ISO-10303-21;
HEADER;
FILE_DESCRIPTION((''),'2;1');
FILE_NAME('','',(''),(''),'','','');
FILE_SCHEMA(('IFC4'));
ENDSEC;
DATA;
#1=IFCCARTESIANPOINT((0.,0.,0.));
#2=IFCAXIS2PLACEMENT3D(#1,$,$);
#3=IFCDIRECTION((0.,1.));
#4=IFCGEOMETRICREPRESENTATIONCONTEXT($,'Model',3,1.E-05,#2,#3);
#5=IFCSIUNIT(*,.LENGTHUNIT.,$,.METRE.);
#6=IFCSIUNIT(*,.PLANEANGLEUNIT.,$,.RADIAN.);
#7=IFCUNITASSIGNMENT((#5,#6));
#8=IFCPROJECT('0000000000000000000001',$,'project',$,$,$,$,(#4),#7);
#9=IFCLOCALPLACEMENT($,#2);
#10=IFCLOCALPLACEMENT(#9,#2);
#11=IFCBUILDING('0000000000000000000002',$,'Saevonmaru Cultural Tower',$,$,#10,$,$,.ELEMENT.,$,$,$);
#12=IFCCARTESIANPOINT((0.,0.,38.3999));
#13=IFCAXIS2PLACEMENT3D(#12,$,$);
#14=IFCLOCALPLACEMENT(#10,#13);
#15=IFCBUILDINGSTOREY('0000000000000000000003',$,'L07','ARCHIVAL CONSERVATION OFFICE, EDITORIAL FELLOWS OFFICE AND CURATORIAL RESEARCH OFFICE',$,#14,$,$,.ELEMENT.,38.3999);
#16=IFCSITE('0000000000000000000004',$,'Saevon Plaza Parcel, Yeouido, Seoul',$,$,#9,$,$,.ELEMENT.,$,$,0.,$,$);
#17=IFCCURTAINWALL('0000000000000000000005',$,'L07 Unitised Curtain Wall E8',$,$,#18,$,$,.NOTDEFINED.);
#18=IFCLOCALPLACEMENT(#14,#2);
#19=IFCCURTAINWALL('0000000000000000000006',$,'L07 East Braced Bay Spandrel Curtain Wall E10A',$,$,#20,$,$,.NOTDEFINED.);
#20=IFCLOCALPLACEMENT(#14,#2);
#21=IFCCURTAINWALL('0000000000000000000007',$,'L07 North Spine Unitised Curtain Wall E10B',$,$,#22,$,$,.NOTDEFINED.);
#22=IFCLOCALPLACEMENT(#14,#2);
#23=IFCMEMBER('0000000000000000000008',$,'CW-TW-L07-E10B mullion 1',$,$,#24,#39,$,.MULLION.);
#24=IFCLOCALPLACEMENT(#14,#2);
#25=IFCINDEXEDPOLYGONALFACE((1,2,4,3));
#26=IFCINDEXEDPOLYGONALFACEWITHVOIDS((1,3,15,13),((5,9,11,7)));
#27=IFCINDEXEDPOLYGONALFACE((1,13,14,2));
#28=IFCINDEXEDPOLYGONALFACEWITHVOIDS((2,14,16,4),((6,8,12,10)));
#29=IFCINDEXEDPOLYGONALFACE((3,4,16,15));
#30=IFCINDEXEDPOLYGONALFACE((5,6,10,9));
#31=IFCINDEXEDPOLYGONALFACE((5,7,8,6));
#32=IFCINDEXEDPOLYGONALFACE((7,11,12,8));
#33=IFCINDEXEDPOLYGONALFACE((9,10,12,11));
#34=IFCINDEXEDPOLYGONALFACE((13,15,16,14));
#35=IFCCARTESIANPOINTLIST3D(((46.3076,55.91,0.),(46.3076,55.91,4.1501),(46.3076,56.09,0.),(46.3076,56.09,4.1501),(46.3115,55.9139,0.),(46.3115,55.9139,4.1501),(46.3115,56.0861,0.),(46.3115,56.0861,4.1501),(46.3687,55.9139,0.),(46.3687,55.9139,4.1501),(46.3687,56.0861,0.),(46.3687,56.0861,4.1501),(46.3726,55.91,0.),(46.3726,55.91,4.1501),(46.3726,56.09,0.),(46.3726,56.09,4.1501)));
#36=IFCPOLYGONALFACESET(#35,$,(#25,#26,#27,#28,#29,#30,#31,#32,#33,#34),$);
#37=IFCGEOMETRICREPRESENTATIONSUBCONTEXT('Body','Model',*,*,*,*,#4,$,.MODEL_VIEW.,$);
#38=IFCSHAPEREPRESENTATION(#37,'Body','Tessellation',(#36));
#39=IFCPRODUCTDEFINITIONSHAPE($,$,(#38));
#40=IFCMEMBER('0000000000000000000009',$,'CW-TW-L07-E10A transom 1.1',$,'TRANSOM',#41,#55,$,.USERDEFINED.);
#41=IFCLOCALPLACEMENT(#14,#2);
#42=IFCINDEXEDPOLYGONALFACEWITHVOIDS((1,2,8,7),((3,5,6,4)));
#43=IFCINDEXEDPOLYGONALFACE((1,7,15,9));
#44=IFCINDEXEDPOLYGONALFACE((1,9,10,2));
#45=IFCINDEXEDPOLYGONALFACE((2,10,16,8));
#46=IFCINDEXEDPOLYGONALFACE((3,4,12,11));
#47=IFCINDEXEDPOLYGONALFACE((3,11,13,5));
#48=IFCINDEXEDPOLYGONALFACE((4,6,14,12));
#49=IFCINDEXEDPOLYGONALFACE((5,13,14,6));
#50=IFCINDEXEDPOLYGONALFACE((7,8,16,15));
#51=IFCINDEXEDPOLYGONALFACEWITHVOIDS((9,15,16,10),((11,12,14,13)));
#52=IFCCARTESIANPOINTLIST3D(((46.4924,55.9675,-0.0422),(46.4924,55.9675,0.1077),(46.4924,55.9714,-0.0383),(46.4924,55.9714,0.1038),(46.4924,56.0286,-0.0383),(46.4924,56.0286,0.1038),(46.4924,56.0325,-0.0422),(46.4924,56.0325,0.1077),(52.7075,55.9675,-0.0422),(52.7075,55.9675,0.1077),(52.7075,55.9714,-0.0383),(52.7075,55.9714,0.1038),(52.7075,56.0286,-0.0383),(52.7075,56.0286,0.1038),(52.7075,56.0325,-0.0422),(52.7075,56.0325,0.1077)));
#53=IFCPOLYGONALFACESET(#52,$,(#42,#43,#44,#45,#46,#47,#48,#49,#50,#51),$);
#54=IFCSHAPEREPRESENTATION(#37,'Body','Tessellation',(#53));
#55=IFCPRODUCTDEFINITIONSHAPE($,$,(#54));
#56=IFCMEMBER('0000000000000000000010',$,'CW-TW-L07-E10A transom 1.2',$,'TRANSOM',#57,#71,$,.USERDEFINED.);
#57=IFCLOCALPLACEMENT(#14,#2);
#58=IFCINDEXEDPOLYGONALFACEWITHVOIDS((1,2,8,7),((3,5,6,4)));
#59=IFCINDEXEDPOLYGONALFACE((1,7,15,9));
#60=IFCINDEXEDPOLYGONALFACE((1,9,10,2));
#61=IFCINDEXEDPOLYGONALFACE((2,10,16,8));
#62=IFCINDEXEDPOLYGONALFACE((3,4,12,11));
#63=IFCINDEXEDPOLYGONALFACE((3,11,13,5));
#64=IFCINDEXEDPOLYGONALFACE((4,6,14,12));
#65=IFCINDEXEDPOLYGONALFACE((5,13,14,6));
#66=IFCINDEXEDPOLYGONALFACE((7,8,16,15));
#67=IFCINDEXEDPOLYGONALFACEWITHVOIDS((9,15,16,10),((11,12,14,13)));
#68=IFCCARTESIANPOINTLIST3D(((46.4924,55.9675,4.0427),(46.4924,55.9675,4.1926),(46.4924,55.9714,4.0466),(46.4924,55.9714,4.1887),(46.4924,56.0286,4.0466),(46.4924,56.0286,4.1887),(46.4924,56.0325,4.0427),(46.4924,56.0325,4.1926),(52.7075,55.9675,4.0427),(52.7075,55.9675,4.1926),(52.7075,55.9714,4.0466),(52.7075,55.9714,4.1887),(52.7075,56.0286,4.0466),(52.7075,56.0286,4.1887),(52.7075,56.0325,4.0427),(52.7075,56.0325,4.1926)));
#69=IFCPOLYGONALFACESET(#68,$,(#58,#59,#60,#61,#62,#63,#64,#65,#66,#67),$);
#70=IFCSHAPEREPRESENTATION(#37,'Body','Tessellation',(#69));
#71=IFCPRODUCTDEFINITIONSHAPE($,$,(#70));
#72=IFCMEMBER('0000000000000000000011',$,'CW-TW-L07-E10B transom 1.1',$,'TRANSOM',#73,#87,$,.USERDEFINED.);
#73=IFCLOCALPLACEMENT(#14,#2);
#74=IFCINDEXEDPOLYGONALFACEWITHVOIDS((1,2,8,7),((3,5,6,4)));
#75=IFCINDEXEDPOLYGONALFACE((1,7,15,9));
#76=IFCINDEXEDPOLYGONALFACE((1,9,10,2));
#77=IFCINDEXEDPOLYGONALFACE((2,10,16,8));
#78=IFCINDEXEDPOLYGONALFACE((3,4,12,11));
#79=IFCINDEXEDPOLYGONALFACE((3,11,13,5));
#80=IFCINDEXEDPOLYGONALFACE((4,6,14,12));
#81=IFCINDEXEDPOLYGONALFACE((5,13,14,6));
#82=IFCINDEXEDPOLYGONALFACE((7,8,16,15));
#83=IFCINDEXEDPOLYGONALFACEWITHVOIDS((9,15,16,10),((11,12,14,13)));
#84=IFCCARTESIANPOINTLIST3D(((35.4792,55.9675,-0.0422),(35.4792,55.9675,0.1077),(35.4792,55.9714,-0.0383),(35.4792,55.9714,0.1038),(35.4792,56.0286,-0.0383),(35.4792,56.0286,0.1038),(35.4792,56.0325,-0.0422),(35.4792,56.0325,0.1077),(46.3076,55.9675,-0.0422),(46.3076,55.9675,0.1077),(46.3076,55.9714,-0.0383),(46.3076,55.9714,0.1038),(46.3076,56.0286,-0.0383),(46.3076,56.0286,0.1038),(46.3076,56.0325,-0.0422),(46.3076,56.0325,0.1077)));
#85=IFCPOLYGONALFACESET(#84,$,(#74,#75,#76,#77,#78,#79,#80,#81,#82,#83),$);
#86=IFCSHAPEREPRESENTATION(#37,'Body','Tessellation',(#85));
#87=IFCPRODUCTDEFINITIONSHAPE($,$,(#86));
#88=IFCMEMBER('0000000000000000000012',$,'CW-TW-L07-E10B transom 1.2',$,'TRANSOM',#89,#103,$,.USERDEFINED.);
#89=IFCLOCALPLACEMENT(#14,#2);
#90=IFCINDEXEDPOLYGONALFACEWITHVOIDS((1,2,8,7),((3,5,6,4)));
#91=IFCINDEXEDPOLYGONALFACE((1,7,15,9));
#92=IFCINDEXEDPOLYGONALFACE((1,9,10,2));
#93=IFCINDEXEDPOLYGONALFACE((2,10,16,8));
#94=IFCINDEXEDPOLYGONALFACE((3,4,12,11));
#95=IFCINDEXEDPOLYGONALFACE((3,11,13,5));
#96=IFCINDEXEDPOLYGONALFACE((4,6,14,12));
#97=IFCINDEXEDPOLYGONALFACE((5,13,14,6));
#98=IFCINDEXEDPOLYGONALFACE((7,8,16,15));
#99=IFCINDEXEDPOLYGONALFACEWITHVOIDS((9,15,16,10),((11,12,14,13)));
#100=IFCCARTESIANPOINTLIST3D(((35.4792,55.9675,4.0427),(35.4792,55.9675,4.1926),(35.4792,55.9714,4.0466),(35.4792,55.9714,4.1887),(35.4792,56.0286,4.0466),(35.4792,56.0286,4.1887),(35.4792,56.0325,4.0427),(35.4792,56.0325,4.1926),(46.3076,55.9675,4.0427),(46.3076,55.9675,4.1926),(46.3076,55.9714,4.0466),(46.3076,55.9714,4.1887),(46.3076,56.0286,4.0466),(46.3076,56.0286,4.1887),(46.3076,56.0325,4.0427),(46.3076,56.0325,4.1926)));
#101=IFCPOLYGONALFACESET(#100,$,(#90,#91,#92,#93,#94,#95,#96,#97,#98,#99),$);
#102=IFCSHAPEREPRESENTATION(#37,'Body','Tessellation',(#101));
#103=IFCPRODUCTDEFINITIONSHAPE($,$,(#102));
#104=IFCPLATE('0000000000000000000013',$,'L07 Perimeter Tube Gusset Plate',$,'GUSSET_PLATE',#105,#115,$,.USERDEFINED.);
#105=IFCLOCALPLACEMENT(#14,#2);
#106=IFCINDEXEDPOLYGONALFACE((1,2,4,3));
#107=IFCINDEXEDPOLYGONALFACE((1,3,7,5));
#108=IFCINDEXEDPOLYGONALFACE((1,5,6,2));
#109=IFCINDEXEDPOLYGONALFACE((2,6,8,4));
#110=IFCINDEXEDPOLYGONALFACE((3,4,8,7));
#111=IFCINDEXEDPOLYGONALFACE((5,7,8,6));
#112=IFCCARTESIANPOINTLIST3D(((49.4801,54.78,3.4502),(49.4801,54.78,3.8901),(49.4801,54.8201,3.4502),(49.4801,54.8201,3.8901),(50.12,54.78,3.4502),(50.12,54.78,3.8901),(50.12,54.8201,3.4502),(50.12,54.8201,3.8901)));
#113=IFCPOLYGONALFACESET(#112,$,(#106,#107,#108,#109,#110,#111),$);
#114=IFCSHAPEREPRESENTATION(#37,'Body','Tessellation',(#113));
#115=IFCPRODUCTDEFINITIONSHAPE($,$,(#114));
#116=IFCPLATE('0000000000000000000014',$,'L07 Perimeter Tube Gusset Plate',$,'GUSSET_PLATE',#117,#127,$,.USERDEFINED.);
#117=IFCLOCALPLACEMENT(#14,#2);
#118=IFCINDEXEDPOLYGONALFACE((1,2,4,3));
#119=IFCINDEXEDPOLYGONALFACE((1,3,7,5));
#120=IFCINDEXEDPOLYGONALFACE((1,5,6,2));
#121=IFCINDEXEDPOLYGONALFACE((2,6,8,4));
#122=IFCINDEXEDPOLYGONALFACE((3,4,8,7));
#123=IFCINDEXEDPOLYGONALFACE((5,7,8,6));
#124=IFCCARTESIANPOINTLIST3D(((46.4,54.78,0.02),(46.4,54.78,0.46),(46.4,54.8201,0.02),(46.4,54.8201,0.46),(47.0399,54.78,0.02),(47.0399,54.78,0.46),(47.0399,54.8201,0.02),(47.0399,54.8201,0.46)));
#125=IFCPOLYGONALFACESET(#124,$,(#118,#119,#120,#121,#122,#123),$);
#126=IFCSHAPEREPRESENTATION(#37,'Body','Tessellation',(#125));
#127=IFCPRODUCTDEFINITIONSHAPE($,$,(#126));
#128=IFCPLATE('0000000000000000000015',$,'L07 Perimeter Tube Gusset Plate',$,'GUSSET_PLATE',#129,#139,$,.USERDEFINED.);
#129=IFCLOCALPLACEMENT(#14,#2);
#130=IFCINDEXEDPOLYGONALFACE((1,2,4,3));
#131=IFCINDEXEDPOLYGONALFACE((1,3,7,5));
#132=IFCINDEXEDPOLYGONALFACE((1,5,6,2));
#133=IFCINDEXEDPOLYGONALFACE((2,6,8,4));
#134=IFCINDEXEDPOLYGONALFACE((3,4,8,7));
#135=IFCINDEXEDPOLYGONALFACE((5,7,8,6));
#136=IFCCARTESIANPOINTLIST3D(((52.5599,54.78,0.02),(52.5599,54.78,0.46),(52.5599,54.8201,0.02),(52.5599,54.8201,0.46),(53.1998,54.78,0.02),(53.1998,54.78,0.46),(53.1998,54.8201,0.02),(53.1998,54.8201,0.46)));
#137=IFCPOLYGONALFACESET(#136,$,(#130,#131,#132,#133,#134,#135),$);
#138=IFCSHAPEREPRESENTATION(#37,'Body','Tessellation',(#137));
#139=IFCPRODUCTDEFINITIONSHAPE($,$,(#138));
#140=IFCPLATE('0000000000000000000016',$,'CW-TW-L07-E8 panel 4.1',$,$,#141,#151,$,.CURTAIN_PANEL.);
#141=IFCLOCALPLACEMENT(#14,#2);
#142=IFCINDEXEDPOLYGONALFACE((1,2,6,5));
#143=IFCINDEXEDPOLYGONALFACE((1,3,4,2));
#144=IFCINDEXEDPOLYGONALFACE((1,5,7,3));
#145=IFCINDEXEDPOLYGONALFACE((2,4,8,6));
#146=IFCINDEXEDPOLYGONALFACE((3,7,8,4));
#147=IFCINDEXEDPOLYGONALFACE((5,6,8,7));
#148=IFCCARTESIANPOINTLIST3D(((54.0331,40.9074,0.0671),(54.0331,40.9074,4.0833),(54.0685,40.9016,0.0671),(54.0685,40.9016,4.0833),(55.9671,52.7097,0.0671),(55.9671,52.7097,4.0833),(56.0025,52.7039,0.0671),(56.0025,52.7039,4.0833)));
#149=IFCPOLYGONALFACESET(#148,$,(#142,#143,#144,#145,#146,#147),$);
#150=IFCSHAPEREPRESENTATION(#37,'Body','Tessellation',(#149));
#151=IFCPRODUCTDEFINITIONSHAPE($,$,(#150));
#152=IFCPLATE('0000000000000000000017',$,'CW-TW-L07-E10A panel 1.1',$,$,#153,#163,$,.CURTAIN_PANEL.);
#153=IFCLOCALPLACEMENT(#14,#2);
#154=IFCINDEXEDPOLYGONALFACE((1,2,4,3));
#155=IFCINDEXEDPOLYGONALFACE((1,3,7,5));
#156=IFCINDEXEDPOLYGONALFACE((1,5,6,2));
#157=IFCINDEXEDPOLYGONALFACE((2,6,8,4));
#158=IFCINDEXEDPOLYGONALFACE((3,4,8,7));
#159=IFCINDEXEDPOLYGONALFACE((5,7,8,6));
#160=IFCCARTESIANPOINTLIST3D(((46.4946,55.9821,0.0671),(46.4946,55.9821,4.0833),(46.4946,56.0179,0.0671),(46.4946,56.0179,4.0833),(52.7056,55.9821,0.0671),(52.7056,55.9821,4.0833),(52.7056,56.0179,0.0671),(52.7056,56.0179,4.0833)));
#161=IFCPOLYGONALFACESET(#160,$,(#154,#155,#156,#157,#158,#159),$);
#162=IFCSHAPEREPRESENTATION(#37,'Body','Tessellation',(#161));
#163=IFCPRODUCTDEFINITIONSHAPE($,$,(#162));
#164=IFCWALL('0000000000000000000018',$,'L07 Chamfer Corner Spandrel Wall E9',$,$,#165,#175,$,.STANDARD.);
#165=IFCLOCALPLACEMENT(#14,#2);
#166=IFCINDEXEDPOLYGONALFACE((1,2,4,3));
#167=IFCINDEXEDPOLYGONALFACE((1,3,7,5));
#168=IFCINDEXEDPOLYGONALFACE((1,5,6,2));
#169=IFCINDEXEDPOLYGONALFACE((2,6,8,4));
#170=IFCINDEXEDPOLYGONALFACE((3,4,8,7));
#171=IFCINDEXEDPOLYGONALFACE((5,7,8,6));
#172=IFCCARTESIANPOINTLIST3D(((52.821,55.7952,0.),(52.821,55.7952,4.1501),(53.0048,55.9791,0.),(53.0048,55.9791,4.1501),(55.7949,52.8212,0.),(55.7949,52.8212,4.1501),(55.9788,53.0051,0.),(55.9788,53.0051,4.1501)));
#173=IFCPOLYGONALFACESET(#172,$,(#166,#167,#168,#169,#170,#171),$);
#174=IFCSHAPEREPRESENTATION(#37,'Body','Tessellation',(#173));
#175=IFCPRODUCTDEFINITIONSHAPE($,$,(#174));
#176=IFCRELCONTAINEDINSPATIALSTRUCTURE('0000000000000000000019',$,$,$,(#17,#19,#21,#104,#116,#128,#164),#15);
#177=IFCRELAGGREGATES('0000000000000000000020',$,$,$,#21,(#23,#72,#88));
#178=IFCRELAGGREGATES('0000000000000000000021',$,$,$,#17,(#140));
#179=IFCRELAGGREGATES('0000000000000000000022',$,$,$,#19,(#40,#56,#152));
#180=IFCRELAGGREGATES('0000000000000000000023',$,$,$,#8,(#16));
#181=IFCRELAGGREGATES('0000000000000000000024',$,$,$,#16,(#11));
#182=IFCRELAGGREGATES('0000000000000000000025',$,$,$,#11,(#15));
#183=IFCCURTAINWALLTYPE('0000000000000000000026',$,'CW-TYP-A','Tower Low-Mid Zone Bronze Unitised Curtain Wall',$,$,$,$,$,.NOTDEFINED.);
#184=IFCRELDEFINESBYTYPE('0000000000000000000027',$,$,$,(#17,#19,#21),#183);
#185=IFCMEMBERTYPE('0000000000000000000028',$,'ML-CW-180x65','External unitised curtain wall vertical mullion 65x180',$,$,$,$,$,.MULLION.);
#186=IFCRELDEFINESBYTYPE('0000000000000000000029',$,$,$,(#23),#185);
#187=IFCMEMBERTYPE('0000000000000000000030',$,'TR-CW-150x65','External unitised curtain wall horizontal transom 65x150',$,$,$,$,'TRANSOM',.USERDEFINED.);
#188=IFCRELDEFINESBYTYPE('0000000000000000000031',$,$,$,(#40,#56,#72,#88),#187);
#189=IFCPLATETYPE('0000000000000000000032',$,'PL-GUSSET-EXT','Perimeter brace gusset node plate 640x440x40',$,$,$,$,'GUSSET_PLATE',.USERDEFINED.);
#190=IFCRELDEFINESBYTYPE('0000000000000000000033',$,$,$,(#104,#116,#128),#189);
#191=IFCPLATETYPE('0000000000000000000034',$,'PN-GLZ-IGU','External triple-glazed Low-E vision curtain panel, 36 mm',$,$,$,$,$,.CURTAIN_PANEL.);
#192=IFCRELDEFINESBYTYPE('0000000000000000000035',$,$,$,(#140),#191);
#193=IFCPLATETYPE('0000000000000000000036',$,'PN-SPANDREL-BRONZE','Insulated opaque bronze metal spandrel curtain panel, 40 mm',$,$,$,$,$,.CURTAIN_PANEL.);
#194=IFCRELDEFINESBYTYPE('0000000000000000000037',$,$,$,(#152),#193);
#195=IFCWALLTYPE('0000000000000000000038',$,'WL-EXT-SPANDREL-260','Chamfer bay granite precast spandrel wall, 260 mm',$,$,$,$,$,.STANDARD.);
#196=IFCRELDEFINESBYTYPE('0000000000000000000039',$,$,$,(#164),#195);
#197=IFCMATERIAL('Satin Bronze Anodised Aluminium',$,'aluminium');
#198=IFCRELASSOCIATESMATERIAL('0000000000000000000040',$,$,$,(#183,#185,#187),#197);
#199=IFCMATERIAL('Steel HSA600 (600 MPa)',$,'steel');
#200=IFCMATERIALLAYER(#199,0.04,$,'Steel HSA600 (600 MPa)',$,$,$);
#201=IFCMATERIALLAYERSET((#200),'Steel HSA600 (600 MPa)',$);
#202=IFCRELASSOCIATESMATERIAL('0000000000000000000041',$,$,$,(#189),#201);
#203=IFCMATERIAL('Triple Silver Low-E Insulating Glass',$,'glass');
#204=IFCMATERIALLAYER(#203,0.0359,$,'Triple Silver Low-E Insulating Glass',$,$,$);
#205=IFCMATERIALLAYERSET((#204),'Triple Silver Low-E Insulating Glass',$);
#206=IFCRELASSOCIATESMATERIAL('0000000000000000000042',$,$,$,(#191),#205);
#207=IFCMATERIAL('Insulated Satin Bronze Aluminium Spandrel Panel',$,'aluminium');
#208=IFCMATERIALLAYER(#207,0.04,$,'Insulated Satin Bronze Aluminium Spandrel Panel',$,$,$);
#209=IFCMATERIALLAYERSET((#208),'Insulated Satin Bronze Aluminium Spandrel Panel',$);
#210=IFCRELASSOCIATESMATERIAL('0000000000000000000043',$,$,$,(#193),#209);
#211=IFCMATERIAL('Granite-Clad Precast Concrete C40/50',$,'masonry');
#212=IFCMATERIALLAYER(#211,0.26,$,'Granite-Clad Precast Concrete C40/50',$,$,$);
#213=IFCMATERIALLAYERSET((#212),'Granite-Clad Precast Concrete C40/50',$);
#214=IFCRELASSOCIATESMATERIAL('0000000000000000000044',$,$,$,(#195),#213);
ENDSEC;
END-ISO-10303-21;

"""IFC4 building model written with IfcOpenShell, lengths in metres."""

from ifc_helpers import new_model, si_unit, direction, frame, frame_2d, origin, origin_2d, place, context, subcontext, project, spatial, rectangle, hollow_rectangle, extrude, material, layer, layer_set, material_profile, profile_set, type_object, element, aggregate, save


model = new_model("IFC4")

# Units and contexts
model_context = context("Model", 3, precision=1e-05, world=origin(), true_north=direction((0.0, 1.0)))
body_context = subcontext(model_context, "Body", "Model", "MODEL_VIEW")
ifc_project = project(units=[si_unit("LENGTHUNIT", "METRE"), si_unit("PLANEANGLEUNIT", "RADIAN")], contexts=[model_context])

# Site, building, storey
site_placement = place(None, origin())
site = spatial("IfcSite", under=ifc_project, at=site_placement, Name="Saevon Plaza Parcel, Yeouido, Seoul", CompositionType="ELEMENT", RefElevation=0.0)
building_placement = place(site_placement, origin())
building = spatial("IfcBuilding", under=site, at=building_placement, Name="Saevonmaru Cultural Tower", CompositionType="ELEMENT")
storey_placement = place(building_placement, frame((0.0, 0.0, 38.3999)))
storey = spatial("IfcBuildingStorey", under=building, at=storey_placement, Name="L07", Description="ARCHIVAL CONSERVATION OFFICE, EDITORIAL FELLOWS OFFICE AND CURATORIAL RESEARCH OFFICE", CompositionType="ELEMENT", Elevation=38.3999)

# Shared definitions
ifc_material_1 = material(Name="Steel HSA600 (600 MPa)", Category="steel")

# Curtain wall
ifc_material_2 = material(Name="Satin Bronze Anodised Aluminium", Category="aluminium")
curtain_wall_type = type_object("IfcCurtainWallType", Name="CW-TYP-A", Description="Tower Low-Mid Zone Bronze Unitised Curtain Wall", PredefinedType="NOTDEFINED", material=ifc_material_2)
curtain_wall_1_placement = place(storey_placement, origin())
curtain_wall_1 = element("IfcCurtainWall", 1, at=curtain_wall_1_placement, inside=storey, type_object=curtain_wall_type, Name="L07 Unitised Curtain Wall E8", PredefinedType="NOTDEFINED")
ifc_material_profile_1 = material_profile(ifc_material_2, hollow_rectangle(XDim=0.0649, YDim=0.1799, WallThickness=0.0039, at=origin_2d()), Name="ALU-MULL-180x65x4")
ifc_profile_set_1 = profile_set([ifc_material_profile_1], Name="Satin Bronze Anodised Aluminium")
member_type_1 = type_object("IfcMemberType", Name="ML-CW-180x65", Description="External unitised curtain wall vertical mullion 65x180", PredefinedType="MULLION", material=ifc_profile_set_1)

# Curtain wall
curtain_wall_2_placement = place(storey_placement, origin())
curtain_wall_2 = element("IfcCurtainWall", 2, at=curtain_wall_2_placement, inside=storey, type_object=curtain_wall_type, Name="L07 East Braced Bay Spandrel Curtain Wall E10A", PredefinedType="NOTDEFINED")

# Curtain wall, member
curtain_wall_3_placement = place(storey_placement, origin())
curtain_wall_3 = element("IfcCurtainWall", 3, at=curtain_wall_3_placement, inside=storey, type_object=curtain_wall_type, Name="L07 North Spine Unitised Curtain Wall E10B", PredefinedType="NOTDEFINED")
member_1_placement = place(storey_placement, frame((46.3401, 56.0, 0.0), z_axis=(0.0, 0.0, 1.0), x_axis=(-1.0, 0.0, 0.0)))
member_1 = element("IfcMember", 4, at=member_1_placement, type_object=member_type_1, Name="CW-TW-L07-E10B mullion 1", PredefinedType="MULLION", context=body_context, shape_type="SweptSolid", body=[
    extrude(hollow_rectangle(XDim=0.0649, YDim=0.1799, WallThickness=0.0039, at=origin_2d()), origin(), (0.0, 0.0, 1.0), 4.1501),
])

# Members
ifc_material_profile_2 = material_profile(ifc_material_2, hollow_rectangle(XDim=0.0649, YDim=0.1499, WallThickness=0.0039, at=origin_2d()), Name="ALU-TRAN-150x65x4")
ifc_profile_set_2 = profile_set([ifc_material_profile_2], Name="Satin Bronze Anodised Aluminium")
member_type_2 = type_object("IfcMemberType", Name="TR-CW-150x65", Description="External unitised curtain wall horizontal transom 65x150", ElementType="TRANSOM", PredefinedType="USERDEFINED", material=ifc_profile_set_2)
member_2_placement = place(storey_placement, frame((52.7075, 56.0, 0.0327), z_axis=(-1.0, 0.0, 0.0), x_axis=(0.0, -1.0, 0.0)))
member_2 = element("IfcMember", 5, at=member_2_placement, type_object=member_type_2, Name="CW-TW-L07-E10A transom 1.1", ObjectType="TRANSOM", PredefinedType="USERDEFINED", context=body_context, shape_type="SweptSolid", body=[
    extrude(hollow_rectangle(XDim=0.0649, YDim=0.1499, WallThickness=0.0039, at=origin_2d()), origin(), (0.0, 0.0, 1.0), 6.2151),
])
member_3_placement = place(storey_placement, frame((52.7075, 56.0, 4.1177), z_axis=(-1.0, 0.0, 0.0), x_axis=(0.0, -1.0, 0.0)))
member_3 = element("IfcMember", 6, at=member_3_placement, type_object=member_type_2, Name="CW-TW-L07-E10A transom 1.2", ObjectType="TRANSOM", PredefinedType="USERDEFINED", context=body_context, shape_type="SweptSolid", body=[
    extrude(hollow_rectangle(XDim=0.0649, YDim=0.1499, WallThickness=0.0039, at=origin_2d()), origin(), (0.0, 0.0, 1.0), 6.2151),
])
member_4_placement = place(storey_placement, frame((46.3076, 56.0, 0.0327), z_axis=(-1.0, 0.0, 0.0), x_axis=(0.0, -1.0, 0.0)))
member_4 = element("IfcMember", 7, at=member_4_placement, type_object=member_type_2, Name="CW-TW-L07-E10B transom 1.1", ObjectType="TRANSOM", PredefinedType="USERDEFINED", context=body_context, shape_type="SweptSolid", body=[
    extrude(hollow_rectangle(XDim=0.0649, YDim=0.1499, WallThickness=0.0039, at=origin_2d()), origin(), (0.0, 0.0, 1.0), 10.8284),
])
member_5_placement = place(storey_placement, frame((46.3076, 56.0, 4.1177), z_axis=(-1.0, 0.0, 0.0), x_axis=(0.0, -1.0, 0.0)))
member_5 = element("IfcMember", 8, at=member_5_placement, type_object=member_type_2, Name="CW-TW-L07-E10B transom 1.2", ObjectType="TRANSOM", PredefinedType="USERDEFINED", context=body_context, shape_type="SweptSolid", body=[
    extrude(hollow_rectangle(XDim=0.0649, YDim=0.1499, WallThickness=0.0039, at=origin_2d()), origin(), (0.0, 0.0, 1.0), 10.8284),
])
aggregate(curtain_wall_3, [member_1, member_4, member_5])

# Plates
ifc_layer_1 = layer(ifc_material_1, 0.04, Name="Steel HSA600 (600 MPa)")
ifc_layer_set_1 = layer_set([ifc_layer_1], Name="Steel HSA600 (600 MPa)")
plate_type_1 = type_object("IfcPlateType", Name="PL-GUSSET-EXT", Description="Perimeter brace gusset node plate 640x440x40", ElementType="GUSSET_PLATE", PredefinedType="USERDEFINED", material=ifc_layer_set_1)
for number, where, z_axis, x_axis, name in (
    (9, (49.8, 54.8, 3.4502), (0.0, 0.0, 1.0), (1.0, 0.0, 0.0), "L07 Perimeter Tube Gusset Plate"),
    (10, (46.72, 54.8, 0.02), (0.0, 0.0, 1.0), (1.0, 0.0, 0.0), "L07 Perimeter Tube Gusset Plate"),
    (11, (52.8799, 54.8, 0.02), (0.0, 0.0, 1.0), (1.0, 0.0, 0.0), "L07 Perimeter Tube Gusset Plate"),
):
    element("IfcPlate", number, at=place(storey_placement, frame(where, z_axis=z_axis, x_axis=x_axis)), inside=storey, type_object=plate_type_1, Name=name, ObjectType="GUSSET_PLATE", PredefinedType="USERDEFINED", context=body_context, shape_type="SweptSolid", body=[
        extrude(rectangle(XDim=0.6399, YDim=0.04, at=origin_2d()), origin(), (0.0, 0.0, 1.0), 0.4399),
    ])

# Plates
ifc_material_3 = material(Name="Triple Silver Low-E Insulating Glass", Category="glass")
ifc_layer_2 = layer(ifc_material_3, 0.0359, Name="Triple Silver Low-E Insulating Glass")
ifc_layer_set_2 = layer_set([ifc_layer_2], Name="Triple Silver Low-E Insulating Glass")
plate_type_2 = type_object("IfcPlateType", Name="PN-GLZ-IGU", Description="External triple-glazed Low-E vision curtain panel, 36 mm", PredefinedType="CURTAIN_PANEL", material=ifc_layer_set_2)
plate_1_placement = place(storey_placement, frame((55.0178, 46.8057, 0.0671), z_axis=(0.0, 0.0, 1.0), x_axis=(0.161709, 0.986839, 0.0)))
plate_1 = element("IfcPlate", 12, at=plate_1_placement, type_object=plate_type_2, Name="CW-TW-L07-E8 panel 4.1", PredefinedType="CURTAIN_PANEL", context=body_context, shape_type="SweptSolid", body=[
    extrude(rectangle(XDim=11.9597, YDim=0.0359, at=origin_2d()), origin(), (0.0, 0.0, 1.0), 4.0161),
])
aggregate(curtain_wall_1, [plate_1])
ifc_material_4 = material(Name="Insulated Satin Bronze Aluminium Spandrel Panel", Category="aluminium")
ifc_layer_3 = layer(ifc_material_4, 0.04, Name="Insulated Satin Bronze Aluminium Spandrel Panel")
ifc_layer_set_3 = layer_set([ifc_layer_3], Name="Insulated Satin Bronze Aluminium Spandrel Panel")
plate_type_3 = type_object("IfcPlateType", Name="PN-SPANDREL-BRONZE", Description="Insulated opaque bronze metal spandrel curtain panel, 40 mm", PredefinedType="CURTAIN_PANEL", material=ifc_layer_set_3)
plate_2_placement = place(storey_placement, frame((49.6001, 56.0, 0.0671), z_axis=(0.0, 0.0, 1.0), x_axis=(-1.0, 0.0, 0.0)))
plate_2 = element("IfcPlate", 13, at=plate_2_placement, type_object=plate_type_3, Name="CW-TW-L07-E10A panel 1.1", PredefinedType="CURTAIN_PANEL", context=body_context, shape_type="SweptSolid", body=[
    extrude(rectangle(XDim=6.2109, YDim=0.0359, at=origin_2d()), origin(), (0.0, 0.0, 1.0), 4.0161),
])
aggregate(curtain_wall_2, [member_2, member_3, plate_2])

# Wall
ifc_material_5 = material(Name="Granite-Clad Precast Concrete C40/50", Category="masonry")
ifc_layer_4 = layer(ifc_material_5, 0.26, Name="Granite-Clad Precast Concrete C40/50")
ifc_layer_set_4 = layer_set([ifc_layer_4], Name="Granite-Clad Precast Concrete C40/50")
wall_type_1 = type_object("IfcWallType", Name="WL-EXT-SPANDREL-260", Description="Chamfer bay granite precast spandrel wall, 260 mm", PredefinedType="STANDARD", material=ifc_layer_set_4)
wall_1_placement = place(storey_placement, frame((55.887, 52.9131, 0.0), z_axis=(0.0, 0.0, 1.0), x_axis=(-0.707107, 0.707107, 0.0)))
element("IfcWall", 14, at=wall_1_placement, inside=storey, type_object=wall_type_1, Name="L07 Chamfer Corner Spandrel Wall E9", PredefinedType="STANDARD", context=body_context, shape_type="SweptSolid", body=[
    extrude(rectangle(XDim=4.2058, YDim=0.26, at=frame_2d((2.103, 0.0))), origin(), (0.0, 0.0, 1.0), 4.1501),
])

save(model, "model.ifc")
